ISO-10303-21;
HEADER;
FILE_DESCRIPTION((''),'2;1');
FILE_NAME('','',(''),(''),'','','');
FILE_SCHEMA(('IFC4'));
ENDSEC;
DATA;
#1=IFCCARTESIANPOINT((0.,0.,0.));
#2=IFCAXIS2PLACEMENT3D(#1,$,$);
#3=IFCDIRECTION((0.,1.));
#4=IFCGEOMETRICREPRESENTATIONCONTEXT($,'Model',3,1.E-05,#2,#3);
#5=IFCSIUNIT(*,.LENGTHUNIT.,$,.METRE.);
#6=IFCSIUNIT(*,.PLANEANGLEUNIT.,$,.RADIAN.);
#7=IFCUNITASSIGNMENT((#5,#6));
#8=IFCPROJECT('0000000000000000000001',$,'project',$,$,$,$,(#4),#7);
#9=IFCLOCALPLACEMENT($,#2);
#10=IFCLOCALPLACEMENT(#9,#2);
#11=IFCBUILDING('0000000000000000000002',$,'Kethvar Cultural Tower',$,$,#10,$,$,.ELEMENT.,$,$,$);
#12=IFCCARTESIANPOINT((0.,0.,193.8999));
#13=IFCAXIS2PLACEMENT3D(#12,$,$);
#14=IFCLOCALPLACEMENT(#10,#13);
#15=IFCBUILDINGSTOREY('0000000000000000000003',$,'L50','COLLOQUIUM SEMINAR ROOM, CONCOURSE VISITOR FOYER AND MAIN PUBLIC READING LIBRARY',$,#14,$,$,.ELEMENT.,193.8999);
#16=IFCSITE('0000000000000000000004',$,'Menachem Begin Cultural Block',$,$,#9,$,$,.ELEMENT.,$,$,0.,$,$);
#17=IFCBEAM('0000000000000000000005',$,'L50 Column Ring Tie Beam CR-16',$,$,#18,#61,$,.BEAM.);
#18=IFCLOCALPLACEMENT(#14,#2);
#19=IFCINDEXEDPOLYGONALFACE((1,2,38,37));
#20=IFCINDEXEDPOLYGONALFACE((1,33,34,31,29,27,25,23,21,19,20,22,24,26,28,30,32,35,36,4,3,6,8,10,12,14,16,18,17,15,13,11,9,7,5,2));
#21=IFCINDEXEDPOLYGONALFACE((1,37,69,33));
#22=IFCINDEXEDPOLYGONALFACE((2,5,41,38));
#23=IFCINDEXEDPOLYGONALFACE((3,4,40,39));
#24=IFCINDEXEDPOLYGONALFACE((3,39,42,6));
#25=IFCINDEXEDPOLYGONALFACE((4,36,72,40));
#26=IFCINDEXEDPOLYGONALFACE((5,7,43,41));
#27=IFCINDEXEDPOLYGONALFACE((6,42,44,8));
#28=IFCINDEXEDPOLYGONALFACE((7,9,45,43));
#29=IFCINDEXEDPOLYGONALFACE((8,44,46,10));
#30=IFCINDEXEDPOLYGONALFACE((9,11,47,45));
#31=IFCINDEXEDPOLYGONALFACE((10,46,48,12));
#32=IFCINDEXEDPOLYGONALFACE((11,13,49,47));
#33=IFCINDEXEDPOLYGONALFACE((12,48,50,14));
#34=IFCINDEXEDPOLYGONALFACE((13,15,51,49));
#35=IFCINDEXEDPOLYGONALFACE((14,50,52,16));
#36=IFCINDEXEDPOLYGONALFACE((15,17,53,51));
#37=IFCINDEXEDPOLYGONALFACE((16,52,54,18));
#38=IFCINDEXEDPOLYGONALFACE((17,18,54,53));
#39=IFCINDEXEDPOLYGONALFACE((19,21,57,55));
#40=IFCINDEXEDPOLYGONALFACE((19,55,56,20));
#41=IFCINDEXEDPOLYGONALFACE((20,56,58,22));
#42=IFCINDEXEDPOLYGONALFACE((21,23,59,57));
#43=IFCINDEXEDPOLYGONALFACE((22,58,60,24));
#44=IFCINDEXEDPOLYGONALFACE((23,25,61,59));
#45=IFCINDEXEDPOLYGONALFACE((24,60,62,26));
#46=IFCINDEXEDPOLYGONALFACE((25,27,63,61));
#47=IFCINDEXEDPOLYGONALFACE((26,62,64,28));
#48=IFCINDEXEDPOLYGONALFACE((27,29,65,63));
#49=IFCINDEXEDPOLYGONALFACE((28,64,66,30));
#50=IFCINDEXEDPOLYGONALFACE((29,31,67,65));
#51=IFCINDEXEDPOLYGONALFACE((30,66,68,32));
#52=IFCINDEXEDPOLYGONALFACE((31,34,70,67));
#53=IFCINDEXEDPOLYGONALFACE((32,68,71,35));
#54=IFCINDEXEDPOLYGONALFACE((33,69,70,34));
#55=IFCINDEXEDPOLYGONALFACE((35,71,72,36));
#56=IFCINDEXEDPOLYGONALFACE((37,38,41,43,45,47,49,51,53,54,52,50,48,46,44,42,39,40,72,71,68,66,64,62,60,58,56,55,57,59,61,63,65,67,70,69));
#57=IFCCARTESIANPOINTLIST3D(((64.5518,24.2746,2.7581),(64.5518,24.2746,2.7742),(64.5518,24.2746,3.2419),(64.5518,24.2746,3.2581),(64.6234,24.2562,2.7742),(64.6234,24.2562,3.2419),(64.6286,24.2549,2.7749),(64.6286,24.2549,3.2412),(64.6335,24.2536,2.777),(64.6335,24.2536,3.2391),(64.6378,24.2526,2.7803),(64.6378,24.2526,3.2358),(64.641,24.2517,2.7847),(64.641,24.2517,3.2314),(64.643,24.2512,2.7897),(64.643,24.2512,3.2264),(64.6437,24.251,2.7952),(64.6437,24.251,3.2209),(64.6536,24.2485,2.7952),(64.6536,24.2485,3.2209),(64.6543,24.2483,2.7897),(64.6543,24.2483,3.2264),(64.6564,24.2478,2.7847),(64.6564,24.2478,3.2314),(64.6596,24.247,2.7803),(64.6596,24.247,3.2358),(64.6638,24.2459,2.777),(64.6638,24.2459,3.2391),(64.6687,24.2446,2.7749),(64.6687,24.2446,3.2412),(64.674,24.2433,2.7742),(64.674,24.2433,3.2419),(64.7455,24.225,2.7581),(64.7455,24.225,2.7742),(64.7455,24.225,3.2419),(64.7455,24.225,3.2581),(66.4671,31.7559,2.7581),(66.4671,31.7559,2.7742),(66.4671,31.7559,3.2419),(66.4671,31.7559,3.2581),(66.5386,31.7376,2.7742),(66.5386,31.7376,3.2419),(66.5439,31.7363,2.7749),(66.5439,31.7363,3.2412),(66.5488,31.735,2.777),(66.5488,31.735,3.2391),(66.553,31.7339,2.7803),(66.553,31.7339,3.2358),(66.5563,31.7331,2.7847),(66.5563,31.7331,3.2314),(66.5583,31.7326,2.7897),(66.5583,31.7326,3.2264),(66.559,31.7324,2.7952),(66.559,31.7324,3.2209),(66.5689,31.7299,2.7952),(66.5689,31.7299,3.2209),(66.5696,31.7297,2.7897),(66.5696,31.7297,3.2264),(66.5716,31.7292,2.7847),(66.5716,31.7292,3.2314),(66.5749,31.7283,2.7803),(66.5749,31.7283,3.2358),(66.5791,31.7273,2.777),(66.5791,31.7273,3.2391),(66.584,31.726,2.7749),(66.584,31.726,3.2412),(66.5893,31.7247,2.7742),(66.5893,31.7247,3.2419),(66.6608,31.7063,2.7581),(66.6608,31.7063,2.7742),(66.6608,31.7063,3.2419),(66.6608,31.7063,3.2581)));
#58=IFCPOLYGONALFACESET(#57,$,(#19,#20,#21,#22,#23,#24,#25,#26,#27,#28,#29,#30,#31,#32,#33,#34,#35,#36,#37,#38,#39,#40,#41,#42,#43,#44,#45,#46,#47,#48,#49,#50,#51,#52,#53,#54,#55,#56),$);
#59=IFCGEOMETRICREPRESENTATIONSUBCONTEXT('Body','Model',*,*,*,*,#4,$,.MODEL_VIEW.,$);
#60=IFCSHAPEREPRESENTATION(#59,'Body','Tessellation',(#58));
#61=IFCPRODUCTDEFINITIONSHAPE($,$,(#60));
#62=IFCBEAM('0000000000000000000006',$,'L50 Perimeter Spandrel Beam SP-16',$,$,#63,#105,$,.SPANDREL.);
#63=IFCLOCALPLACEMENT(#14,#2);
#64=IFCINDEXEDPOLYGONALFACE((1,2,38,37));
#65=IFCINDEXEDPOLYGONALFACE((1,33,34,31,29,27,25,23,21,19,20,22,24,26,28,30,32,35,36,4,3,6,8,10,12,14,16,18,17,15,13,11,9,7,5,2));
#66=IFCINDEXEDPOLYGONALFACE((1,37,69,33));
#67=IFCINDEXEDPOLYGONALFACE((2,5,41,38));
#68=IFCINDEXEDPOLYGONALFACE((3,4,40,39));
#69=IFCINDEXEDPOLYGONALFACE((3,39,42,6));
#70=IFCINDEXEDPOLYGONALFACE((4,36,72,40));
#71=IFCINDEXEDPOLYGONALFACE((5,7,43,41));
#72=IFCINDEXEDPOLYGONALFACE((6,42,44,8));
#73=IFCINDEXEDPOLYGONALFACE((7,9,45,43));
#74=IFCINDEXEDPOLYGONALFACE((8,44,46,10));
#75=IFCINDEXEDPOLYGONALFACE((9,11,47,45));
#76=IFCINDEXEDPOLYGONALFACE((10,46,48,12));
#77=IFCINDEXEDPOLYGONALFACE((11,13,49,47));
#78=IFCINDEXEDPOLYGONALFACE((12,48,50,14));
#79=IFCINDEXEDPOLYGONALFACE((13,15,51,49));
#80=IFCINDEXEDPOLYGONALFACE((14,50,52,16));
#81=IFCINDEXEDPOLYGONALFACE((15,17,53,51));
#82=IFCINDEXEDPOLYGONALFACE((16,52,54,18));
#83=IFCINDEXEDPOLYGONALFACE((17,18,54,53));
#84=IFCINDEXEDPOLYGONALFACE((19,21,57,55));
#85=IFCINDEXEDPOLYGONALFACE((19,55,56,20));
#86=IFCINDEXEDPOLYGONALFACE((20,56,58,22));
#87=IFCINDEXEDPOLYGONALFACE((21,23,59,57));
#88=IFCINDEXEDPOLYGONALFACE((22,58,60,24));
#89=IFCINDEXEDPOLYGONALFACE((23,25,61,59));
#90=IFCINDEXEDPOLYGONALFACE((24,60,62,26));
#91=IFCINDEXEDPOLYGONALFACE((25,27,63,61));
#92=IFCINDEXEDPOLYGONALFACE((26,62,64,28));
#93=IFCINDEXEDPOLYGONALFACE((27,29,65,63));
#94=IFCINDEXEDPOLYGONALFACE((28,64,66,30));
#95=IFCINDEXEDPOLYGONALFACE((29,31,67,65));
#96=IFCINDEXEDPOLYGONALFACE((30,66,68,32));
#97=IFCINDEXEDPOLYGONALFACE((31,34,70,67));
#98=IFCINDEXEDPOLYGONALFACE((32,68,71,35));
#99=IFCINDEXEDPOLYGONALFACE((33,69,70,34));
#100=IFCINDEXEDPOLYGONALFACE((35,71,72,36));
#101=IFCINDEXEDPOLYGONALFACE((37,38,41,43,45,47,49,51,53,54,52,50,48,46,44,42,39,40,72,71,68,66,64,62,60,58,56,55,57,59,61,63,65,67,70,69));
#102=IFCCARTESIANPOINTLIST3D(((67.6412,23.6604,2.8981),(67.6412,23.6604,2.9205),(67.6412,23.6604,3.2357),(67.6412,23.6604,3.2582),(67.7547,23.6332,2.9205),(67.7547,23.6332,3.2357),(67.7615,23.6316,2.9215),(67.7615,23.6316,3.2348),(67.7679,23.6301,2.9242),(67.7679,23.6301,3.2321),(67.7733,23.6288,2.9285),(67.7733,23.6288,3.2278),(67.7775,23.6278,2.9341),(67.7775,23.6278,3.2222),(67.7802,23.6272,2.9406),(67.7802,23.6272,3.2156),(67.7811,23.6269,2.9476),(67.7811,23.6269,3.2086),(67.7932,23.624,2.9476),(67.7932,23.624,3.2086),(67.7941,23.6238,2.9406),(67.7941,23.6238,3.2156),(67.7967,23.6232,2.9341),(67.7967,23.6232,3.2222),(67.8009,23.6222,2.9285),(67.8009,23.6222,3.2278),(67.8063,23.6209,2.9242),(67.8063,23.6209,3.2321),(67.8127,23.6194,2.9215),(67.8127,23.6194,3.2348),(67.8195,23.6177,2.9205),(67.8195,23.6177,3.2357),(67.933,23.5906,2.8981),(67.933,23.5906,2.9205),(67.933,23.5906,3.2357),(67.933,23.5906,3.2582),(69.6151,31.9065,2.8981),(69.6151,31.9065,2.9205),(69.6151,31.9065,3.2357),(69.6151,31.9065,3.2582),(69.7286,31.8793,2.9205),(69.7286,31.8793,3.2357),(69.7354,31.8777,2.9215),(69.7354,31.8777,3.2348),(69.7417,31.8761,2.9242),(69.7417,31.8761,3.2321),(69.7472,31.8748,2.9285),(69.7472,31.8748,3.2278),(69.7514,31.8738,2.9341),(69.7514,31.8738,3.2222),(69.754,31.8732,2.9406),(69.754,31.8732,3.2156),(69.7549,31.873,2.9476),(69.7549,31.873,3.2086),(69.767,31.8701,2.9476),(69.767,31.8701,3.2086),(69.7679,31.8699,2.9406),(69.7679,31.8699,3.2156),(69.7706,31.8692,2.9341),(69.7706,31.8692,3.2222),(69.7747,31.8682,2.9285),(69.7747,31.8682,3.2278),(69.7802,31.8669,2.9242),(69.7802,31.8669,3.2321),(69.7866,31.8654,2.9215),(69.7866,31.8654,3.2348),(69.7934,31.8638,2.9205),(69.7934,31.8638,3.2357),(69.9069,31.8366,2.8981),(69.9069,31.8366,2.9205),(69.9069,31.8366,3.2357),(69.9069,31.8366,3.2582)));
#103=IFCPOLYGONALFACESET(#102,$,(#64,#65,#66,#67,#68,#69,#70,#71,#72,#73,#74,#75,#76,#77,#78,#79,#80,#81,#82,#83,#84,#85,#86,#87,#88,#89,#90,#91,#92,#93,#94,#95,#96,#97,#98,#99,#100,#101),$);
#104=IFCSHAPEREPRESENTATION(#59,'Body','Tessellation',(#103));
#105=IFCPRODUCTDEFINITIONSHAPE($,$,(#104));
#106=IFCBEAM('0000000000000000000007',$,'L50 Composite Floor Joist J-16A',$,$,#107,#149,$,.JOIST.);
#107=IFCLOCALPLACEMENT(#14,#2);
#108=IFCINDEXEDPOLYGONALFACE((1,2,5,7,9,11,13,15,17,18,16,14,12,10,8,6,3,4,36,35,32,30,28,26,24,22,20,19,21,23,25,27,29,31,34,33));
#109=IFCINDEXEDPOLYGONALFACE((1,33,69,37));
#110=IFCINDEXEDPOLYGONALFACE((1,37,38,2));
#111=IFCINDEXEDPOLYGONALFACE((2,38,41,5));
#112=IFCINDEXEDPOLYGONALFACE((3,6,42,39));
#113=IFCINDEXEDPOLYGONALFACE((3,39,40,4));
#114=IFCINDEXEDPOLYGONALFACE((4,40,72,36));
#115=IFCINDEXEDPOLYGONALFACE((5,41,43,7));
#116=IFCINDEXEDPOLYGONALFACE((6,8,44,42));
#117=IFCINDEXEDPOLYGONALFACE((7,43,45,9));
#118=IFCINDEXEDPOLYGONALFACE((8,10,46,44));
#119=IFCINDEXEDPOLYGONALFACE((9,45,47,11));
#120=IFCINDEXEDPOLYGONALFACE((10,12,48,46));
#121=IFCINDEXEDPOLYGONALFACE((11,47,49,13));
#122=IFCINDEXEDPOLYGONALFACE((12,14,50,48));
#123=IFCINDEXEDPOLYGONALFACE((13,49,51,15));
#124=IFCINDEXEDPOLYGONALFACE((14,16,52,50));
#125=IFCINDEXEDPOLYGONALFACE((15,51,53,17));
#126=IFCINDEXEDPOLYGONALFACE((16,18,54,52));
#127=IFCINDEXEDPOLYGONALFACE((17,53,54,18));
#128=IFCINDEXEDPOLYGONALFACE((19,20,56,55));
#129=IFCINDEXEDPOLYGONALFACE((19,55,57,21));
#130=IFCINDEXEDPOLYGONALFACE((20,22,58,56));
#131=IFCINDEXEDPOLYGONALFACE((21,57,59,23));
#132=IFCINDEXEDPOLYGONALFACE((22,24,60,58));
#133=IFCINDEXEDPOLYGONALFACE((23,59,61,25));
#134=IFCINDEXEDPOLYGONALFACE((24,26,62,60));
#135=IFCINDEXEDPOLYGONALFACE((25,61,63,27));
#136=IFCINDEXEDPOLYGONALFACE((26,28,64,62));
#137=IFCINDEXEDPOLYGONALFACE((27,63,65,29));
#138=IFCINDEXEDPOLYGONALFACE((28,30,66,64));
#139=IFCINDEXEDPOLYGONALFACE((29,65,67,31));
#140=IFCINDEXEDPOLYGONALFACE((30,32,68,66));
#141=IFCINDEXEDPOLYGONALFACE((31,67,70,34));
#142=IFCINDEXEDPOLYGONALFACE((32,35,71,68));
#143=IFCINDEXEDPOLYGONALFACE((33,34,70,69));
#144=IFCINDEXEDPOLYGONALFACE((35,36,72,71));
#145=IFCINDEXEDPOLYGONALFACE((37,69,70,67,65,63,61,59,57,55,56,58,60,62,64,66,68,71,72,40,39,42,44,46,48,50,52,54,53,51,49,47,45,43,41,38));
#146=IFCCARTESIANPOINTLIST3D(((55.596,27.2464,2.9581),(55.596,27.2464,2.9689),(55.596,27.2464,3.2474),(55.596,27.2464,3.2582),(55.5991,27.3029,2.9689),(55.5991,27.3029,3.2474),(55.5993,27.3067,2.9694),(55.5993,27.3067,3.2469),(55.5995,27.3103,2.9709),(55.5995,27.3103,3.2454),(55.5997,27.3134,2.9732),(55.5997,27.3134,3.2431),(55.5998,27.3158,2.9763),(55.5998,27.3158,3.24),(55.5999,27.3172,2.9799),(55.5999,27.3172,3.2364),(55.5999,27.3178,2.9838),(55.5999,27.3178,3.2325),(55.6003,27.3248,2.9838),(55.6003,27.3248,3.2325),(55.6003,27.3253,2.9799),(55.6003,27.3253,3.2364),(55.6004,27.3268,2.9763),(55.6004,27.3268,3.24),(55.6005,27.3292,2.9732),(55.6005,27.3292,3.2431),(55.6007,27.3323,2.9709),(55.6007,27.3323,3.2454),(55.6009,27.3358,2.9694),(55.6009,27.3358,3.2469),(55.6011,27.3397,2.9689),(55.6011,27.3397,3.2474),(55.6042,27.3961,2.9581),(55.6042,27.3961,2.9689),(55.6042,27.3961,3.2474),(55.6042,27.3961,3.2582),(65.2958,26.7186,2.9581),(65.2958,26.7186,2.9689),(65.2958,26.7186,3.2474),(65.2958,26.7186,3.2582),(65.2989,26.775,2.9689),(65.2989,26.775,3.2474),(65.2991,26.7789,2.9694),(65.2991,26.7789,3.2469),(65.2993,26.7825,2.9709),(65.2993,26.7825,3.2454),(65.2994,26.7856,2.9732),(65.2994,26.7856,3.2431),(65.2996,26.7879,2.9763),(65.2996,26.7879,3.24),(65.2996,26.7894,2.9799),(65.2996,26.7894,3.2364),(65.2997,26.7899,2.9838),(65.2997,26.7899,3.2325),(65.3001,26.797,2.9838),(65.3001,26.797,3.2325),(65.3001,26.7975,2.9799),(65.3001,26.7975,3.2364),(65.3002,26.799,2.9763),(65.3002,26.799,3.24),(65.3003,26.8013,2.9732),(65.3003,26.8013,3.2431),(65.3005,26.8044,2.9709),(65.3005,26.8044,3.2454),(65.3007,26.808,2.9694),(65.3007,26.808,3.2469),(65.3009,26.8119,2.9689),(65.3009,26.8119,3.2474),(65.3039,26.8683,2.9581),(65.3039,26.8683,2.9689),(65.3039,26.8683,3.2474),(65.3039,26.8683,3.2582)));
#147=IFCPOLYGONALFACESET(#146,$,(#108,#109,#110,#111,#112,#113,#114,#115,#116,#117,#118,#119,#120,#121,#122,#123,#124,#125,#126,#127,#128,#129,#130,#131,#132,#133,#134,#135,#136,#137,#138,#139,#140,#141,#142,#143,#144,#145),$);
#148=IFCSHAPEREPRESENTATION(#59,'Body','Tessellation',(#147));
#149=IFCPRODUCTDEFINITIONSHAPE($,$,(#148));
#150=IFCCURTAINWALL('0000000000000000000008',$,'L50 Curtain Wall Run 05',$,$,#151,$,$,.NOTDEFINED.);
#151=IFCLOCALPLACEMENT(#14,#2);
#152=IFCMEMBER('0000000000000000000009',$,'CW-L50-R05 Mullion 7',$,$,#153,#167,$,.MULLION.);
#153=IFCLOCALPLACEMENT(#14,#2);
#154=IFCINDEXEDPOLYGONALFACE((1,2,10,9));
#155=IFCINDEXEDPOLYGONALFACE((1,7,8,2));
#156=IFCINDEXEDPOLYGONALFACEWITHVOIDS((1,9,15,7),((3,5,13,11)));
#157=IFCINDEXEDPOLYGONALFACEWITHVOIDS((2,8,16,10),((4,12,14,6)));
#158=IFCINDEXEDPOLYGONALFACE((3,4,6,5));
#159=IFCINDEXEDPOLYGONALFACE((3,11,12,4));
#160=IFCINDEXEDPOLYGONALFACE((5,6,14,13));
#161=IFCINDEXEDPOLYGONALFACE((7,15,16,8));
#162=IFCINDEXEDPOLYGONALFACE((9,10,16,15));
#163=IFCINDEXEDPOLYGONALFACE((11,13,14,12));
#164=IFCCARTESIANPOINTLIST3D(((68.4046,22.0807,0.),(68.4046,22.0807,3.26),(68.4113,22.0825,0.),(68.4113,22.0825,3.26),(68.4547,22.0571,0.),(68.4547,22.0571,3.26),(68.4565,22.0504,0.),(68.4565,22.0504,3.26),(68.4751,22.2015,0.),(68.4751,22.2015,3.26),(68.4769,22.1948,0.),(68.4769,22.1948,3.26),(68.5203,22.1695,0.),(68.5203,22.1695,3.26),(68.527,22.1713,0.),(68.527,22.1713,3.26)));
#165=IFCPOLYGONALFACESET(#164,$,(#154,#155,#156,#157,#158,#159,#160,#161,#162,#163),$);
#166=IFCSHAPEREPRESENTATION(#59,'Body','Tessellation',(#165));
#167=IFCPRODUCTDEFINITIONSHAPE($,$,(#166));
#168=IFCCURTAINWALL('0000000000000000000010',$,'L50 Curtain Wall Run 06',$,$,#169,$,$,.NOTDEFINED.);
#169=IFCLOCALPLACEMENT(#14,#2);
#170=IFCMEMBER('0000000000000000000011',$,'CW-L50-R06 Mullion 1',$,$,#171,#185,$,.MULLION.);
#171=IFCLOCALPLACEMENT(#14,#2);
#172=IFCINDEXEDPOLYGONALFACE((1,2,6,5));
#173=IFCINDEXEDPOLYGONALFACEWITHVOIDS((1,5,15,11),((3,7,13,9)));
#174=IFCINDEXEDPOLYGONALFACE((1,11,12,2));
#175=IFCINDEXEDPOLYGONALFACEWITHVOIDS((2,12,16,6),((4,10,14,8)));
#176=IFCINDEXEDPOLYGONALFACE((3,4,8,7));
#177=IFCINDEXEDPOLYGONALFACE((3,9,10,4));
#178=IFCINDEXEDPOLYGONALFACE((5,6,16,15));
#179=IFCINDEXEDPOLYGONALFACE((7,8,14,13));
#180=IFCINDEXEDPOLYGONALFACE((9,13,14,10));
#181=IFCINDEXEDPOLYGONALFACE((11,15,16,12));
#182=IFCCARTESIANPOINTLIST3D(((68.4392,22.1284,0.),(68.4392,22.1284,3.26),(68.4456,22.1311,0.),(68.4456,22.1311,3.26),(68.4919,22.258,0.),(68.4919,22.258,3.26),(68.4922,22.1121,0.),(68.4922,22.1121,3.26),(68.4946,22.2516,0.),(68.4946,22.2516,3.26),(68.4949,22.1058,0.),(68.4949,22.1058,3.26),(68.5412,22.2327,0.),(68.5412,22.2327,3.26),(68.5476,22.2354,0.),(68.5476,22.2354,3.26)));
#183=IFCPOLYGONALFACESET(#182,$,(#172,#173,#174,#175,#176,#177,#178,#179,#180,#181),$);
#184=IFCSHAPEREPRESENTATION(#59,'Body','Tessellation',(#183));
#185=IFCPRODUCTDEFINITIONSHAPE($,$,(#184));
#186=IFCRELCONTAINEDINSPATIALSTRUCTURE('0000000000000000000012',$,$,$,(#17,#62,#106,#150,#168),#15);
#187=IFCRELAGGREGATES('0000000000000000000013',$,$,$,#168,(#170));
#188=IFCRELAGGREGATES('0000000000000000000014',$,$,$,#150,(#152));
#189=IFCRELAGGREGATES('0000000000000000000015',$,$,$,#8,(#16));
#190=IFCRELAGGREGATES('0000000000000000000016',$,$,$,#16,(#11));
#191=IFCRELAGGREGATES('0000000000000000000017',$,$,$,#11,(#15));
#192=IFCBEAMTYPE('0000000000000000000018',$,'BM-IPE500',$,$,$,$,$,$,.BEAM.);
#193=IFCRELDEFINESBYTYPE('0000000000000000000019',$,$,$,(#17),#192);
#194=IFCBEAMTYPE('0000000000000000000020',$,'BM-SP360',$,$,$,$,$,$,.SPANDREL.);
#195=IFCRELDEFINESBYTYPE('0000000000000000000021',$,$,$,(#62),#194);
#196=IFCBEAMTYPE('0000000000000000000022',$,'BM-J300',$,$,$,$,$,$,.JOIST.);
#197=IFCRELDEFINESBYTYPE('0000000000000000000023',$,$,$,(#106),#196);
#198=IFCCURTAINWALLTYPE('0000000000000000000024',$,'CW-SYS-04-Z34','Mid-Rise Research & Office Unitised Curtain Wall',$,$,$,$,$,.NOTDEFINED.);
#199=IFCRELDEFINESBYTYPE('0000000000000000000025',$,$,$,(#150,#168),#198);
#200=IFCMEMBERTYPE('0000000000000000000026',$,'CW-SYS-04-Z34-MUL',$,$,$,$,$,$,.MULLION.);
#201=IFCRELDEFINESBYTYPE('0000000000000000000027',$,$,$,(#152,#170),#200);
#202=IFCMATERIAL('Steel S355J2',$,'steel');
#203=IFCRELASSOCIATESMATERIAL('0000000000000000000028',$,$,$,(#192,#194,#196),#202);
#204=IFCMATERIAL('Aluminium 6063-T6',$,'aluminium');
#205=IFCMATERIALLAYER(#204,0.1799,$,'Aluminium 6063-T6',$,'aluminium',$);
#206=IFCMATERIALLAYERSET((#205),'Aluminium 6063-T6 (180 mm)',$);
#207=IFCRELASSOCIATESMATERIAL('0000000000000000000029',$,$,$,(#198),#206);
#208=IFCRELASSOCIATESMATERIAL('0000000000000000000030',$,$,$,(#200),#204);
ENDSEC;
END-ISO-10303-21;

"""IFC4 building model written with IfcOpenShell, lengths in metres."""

from ifc_helpers import new_model, si_unit, direction, frame, origin, origin_2d, place, context, subcontext, project, spatial, hollow_rectangle, i_section, extrude, source, transform, mapped, material, layer, layer_set, material_profile, profile_set, type_object, element, aggregate, save


model = new_model("IFC4")

# Units and contexts
model_context = context("Model", 3, precision=1e-05, world=origin(), true_north=direction((0.0, 1.0)))
body_context = subcontext(model_context, "Body", "Model", "MODEL_VIEW")
ifc_project = project(units=[si_unit("LENGTHUNIT", "METRE"), si_unit("PLANEANGLEUNIT", "RADIAN")], contexts=[model_context])

# Site, building, storey
site_placement = place(None, origin())
site = spatial("IfcSite", under=ifc_project, at=site_placement, Name="Menachem Begin Cultural Block", CompositionType="ELEMENT", RefElevation=0.0)
building_placement = place(site_placement, origin())
building = spatial("IfcBuilding", under=site, at=building_placement, Name="Kethvar Cultural Tower", CompositionType="ELEMENT")
storey_placement = place(building_placement, frame((0.0, 0.0, 193.8999)))
storey = spatial("IfcBuildingStorey", under=building, at=storey_placement, Name="L50", Description="COLLOQUIUM SEMINAR ROOM, CONCOURSE VISITOR FOYER AND MAIN PUBLIC READING LIBRARY", CompositionType="ELEMENT", Elevation=193.8999)

# Beams
ifc_material_1 = material(Name="Steel S355J2", Category="steel")
ifc_material_profile_1 = material_profile(ifc_material_1, i_section(OverallWidth=0.2, OverallDepth=0.5, WebThickness=0.0103, FlangeThickness=0.0161, FilletRadius=0.021, at=origin_2d()), Name="Steel S355J2 — IPE500")
ifc_profile_set_1 = profile_set([ifc_material_profile_1], Name="Steel S355J2 — IPE500")
beam_type_1 = type_object("IfcBeamType", Name="BM-IPE500", PredefinedType="BEAM", material=ifc_profile_set_1)
shared_shape_1 = source(origin(), body_context, "Body", "SweptSolid", [
    extrude(i_section(OverallWidth=0.2, OverallDepth=0.5, WebThickness=0.0103, FlangeThickness=0.0161, FilletRadius=0.021, at=origin_2d()), origin(), (0.0, 0.0, 1.0), 7.7227),
])
beam_1_placement = place(storey_placement, frame((64.6487, 24.2498, 3.0081), z_axis=(0.248006, 0.968758, 0.0), x_axis=(-0.968758, 0.248006, 0.0)))
element("IfcBeam", 1, at=beam_1_placement, inside=storey, type_object=beam_type_1, Name="L50 Column Ring Tie Beam CR-16", PredefinedType="BEAM", context=body_context, shape_type="MappedRepresentation", body=[
    mapped(shared_shape_1, transform((0.0, 0.0, 0.0), scale=1.0)),
])
ifc_material_profile_2 = material_profile(ifc_material_1, i_section(OverallWidth=0.3, OverallDepth=0.3601, WebThickness=0.0125, FlangeThickness=0.0225, FilletRadius=0.0271, at=origin_2d()), Name="Steel S355J2 — HEB360")
ifc_profile_set_2 = profile_set([ifc_material_profile_2], Name="Steel S355J2 — HEB360")
beam_type_2 = type_object("IfcBeamType", Name="BM-SP360", PredefinedType="SPANDREL", material=ifc_profile_set_2)
shared_shape_2 = source(origin(), body_context, "Body", "SweptSolid", [
    extrude(i_section(OverallWidth=0.3, OverallDepth=0.3601, WebThickness=0.0125, FlangeThickness=0.0225, FilletRadius=0.0271, at=origin_2d()), origin(), (0.0, 0.0, 1.0), 8.479),
])
beam_2_placement = place(storey_placement, frame((67.7871, 23.6255, 3.0781), z_axis=(0.232795, 0.972526, 0.0), x_axis=(-0.972526, 0.232795, 0.0)))
element("IfcBeam", 2, at=beam_2_placement, inside=storey, type_object=beam_type_2, Name="L50 Perimeter Spandrel Beam SP-16", PredefinedType="SPANDREL", context=body_context, shape_type="MappedRepresentation", body=[
    mapped(shared_shape_2, transform((0.0, 0.0, 0.0), scale=1.0)),
])
ifc_material_profile_3 = material_profile(ifc_material_1, i_section(OverallWidth=0.1499, OverallDepth=0.3, WebThickness=0.0071, FlangeThickness=0.0107, FilletRadius=0.0149, at=origin_2d()), Name="Steel S355J2 — IPE300")
ifc_profile_set_3 = profile_set([ifc_material_profile_3], Name="Steel S355J2 — IPE300")
beam_type_3 = type_object("IfcBeamType", Name="BM-J300", PredefinedType="JOIST", material=ifc_profile_set_3)
shared_shape_3 = source(origin(), body_context, "Body", "SweptSolid", [
    extrude(i_section(OverallWidth=0.1499, OverallDepth=0.3, WebThickness=0.0071, FlangeThickness=0.0107, FilletRadius=0.0149, at=origin_2d()), origin(), (0.0, 0.0, 1.0), 9.7141),
])
beam_3_placement = place(storey_placement, frame((55.6001, 27.3213, 3.1082), z_axis=(0.998523, -0.054337, 0.0), x_axis=(0.054337, 0.998523, 0.0)))
element("IfcBeam", 3, at=beam_3_placement, inside=storey, type_object=beam_type_3, Name="L50 Composite Floor Joist J-16A", PredefinedType="JOIST", context=body_context, shape_type="MappedRepresentation", body=[
    mapped(shared_shape_3, transform((0.0, 0.0, 0.0), scale=1.0)),
])

# Curtain wall, member
ifc_material_2 = material(Name="Aluminium 6063-T6", Category="aluminium")
ifc_layer_1 = layer(ifc_material_2, 0.1799, Name="Aluminium 6063-T6", Category="aluminium")
ifc_layer_set_1 = layer_set([ifc_layer_1], Name="Aluminium 6063-T6 (180 mm)")
curtain_wall_type = type_object("IfcCurtainWallType", Name="CW-SYS-04-Z34", Description="Mid-Rise Research & Office Unitised Curtain Wall", PredefinedType="NOTDEFINED", material=ifc_layer_set_1)
curtain_wall_1_placement = place(storey_placement, origin())
curtain_wall_1 = element("IfcCurtainWall", 4, at=curtain_wall_1_placement, inside=storey, type_object=curtain_wall_type, Name="L50 Curtain Wall Run 05", PredefinedType="NOTDEFINED")
ifc_material_profile_4 = material_profile(ifc_material_2, hollow_rectangle(XDim=0.0601, YDim=0.1399, WallThickness=0.0049, at=origin_2d()), Name="Aluminium 6063-T6 — RHS140x60x5")
ifc_profile_set_4 = profile_set([ifc_material_profile_4], Name="Aluminium 6063-T6 — RHS140x60x5")
member_type_1 = type_object("IfcMemberType", Name="CW-SYS-04-Z34-MUL", PredefinedType="MULLION", material=ifc_profile_set_4)
shared_shape_4 = source(origin(), body_context, "Body", "SweptSolid", [
    extrude(hollow_rectangle(XDim=0.0601, YDim=0.1399, WallThickness=0.0049, at=origin_2d()), origin(), (0.0, 0.0, 1.0), 3.26),
])
member_1_placement = place(storey_placement, frame((68.4658, 22.126, 0.0), z_axis=(0.0, 0.0, 1.0), x_axis=(-0.863695, 0.504015, 0.0)))
member_1 = element("IfcMember", 5, at=member_1_placement, type_object=member_type_1, Name="CW-L50-R05 Mullion 7", PredefinedType="MULLION", context=body_context, shape_type="MappedRepresentation", body=[
    mapped(shared_shape_4, transform((0.0, 0.0, 0.0), scale=1.0)),
])

# Curtain wall, member
curtain_wall_2_placement = place(storey_placement, origin())
curtain_wall_2 = element("IfcCurtainWall", 6, at=curtain_wall_2_placement, inside=storey, type_object=curtain_wall_type, Name="L50 Curtain Wall Run 06", PredefinedType="NOTDEFINED")
member_2_placement = place(storey_placement, frame((68.4934, 22.1819, 0.0), z_axis=(0.0, 0.0, 1.0), x_axis=(-0.926351, 0.376661, 0.0)))
member_2 = element("IfcMember", 7, at=member_2_placement, type_object=member_type_1, Name="CW-L50-R06 Mullion 1", PredefinedType="MULLION", context=body_context, shape_type="MappedRepresentation", body=[
    mapped(shared_shape_4, transform((0.0, 0.0, 0.0), scale=1.0)),
])

aggregate(curtain_wall_2, [member_2])
aggregate(curtain_wall_1, [member_1])

save(model, "model.ifc")
